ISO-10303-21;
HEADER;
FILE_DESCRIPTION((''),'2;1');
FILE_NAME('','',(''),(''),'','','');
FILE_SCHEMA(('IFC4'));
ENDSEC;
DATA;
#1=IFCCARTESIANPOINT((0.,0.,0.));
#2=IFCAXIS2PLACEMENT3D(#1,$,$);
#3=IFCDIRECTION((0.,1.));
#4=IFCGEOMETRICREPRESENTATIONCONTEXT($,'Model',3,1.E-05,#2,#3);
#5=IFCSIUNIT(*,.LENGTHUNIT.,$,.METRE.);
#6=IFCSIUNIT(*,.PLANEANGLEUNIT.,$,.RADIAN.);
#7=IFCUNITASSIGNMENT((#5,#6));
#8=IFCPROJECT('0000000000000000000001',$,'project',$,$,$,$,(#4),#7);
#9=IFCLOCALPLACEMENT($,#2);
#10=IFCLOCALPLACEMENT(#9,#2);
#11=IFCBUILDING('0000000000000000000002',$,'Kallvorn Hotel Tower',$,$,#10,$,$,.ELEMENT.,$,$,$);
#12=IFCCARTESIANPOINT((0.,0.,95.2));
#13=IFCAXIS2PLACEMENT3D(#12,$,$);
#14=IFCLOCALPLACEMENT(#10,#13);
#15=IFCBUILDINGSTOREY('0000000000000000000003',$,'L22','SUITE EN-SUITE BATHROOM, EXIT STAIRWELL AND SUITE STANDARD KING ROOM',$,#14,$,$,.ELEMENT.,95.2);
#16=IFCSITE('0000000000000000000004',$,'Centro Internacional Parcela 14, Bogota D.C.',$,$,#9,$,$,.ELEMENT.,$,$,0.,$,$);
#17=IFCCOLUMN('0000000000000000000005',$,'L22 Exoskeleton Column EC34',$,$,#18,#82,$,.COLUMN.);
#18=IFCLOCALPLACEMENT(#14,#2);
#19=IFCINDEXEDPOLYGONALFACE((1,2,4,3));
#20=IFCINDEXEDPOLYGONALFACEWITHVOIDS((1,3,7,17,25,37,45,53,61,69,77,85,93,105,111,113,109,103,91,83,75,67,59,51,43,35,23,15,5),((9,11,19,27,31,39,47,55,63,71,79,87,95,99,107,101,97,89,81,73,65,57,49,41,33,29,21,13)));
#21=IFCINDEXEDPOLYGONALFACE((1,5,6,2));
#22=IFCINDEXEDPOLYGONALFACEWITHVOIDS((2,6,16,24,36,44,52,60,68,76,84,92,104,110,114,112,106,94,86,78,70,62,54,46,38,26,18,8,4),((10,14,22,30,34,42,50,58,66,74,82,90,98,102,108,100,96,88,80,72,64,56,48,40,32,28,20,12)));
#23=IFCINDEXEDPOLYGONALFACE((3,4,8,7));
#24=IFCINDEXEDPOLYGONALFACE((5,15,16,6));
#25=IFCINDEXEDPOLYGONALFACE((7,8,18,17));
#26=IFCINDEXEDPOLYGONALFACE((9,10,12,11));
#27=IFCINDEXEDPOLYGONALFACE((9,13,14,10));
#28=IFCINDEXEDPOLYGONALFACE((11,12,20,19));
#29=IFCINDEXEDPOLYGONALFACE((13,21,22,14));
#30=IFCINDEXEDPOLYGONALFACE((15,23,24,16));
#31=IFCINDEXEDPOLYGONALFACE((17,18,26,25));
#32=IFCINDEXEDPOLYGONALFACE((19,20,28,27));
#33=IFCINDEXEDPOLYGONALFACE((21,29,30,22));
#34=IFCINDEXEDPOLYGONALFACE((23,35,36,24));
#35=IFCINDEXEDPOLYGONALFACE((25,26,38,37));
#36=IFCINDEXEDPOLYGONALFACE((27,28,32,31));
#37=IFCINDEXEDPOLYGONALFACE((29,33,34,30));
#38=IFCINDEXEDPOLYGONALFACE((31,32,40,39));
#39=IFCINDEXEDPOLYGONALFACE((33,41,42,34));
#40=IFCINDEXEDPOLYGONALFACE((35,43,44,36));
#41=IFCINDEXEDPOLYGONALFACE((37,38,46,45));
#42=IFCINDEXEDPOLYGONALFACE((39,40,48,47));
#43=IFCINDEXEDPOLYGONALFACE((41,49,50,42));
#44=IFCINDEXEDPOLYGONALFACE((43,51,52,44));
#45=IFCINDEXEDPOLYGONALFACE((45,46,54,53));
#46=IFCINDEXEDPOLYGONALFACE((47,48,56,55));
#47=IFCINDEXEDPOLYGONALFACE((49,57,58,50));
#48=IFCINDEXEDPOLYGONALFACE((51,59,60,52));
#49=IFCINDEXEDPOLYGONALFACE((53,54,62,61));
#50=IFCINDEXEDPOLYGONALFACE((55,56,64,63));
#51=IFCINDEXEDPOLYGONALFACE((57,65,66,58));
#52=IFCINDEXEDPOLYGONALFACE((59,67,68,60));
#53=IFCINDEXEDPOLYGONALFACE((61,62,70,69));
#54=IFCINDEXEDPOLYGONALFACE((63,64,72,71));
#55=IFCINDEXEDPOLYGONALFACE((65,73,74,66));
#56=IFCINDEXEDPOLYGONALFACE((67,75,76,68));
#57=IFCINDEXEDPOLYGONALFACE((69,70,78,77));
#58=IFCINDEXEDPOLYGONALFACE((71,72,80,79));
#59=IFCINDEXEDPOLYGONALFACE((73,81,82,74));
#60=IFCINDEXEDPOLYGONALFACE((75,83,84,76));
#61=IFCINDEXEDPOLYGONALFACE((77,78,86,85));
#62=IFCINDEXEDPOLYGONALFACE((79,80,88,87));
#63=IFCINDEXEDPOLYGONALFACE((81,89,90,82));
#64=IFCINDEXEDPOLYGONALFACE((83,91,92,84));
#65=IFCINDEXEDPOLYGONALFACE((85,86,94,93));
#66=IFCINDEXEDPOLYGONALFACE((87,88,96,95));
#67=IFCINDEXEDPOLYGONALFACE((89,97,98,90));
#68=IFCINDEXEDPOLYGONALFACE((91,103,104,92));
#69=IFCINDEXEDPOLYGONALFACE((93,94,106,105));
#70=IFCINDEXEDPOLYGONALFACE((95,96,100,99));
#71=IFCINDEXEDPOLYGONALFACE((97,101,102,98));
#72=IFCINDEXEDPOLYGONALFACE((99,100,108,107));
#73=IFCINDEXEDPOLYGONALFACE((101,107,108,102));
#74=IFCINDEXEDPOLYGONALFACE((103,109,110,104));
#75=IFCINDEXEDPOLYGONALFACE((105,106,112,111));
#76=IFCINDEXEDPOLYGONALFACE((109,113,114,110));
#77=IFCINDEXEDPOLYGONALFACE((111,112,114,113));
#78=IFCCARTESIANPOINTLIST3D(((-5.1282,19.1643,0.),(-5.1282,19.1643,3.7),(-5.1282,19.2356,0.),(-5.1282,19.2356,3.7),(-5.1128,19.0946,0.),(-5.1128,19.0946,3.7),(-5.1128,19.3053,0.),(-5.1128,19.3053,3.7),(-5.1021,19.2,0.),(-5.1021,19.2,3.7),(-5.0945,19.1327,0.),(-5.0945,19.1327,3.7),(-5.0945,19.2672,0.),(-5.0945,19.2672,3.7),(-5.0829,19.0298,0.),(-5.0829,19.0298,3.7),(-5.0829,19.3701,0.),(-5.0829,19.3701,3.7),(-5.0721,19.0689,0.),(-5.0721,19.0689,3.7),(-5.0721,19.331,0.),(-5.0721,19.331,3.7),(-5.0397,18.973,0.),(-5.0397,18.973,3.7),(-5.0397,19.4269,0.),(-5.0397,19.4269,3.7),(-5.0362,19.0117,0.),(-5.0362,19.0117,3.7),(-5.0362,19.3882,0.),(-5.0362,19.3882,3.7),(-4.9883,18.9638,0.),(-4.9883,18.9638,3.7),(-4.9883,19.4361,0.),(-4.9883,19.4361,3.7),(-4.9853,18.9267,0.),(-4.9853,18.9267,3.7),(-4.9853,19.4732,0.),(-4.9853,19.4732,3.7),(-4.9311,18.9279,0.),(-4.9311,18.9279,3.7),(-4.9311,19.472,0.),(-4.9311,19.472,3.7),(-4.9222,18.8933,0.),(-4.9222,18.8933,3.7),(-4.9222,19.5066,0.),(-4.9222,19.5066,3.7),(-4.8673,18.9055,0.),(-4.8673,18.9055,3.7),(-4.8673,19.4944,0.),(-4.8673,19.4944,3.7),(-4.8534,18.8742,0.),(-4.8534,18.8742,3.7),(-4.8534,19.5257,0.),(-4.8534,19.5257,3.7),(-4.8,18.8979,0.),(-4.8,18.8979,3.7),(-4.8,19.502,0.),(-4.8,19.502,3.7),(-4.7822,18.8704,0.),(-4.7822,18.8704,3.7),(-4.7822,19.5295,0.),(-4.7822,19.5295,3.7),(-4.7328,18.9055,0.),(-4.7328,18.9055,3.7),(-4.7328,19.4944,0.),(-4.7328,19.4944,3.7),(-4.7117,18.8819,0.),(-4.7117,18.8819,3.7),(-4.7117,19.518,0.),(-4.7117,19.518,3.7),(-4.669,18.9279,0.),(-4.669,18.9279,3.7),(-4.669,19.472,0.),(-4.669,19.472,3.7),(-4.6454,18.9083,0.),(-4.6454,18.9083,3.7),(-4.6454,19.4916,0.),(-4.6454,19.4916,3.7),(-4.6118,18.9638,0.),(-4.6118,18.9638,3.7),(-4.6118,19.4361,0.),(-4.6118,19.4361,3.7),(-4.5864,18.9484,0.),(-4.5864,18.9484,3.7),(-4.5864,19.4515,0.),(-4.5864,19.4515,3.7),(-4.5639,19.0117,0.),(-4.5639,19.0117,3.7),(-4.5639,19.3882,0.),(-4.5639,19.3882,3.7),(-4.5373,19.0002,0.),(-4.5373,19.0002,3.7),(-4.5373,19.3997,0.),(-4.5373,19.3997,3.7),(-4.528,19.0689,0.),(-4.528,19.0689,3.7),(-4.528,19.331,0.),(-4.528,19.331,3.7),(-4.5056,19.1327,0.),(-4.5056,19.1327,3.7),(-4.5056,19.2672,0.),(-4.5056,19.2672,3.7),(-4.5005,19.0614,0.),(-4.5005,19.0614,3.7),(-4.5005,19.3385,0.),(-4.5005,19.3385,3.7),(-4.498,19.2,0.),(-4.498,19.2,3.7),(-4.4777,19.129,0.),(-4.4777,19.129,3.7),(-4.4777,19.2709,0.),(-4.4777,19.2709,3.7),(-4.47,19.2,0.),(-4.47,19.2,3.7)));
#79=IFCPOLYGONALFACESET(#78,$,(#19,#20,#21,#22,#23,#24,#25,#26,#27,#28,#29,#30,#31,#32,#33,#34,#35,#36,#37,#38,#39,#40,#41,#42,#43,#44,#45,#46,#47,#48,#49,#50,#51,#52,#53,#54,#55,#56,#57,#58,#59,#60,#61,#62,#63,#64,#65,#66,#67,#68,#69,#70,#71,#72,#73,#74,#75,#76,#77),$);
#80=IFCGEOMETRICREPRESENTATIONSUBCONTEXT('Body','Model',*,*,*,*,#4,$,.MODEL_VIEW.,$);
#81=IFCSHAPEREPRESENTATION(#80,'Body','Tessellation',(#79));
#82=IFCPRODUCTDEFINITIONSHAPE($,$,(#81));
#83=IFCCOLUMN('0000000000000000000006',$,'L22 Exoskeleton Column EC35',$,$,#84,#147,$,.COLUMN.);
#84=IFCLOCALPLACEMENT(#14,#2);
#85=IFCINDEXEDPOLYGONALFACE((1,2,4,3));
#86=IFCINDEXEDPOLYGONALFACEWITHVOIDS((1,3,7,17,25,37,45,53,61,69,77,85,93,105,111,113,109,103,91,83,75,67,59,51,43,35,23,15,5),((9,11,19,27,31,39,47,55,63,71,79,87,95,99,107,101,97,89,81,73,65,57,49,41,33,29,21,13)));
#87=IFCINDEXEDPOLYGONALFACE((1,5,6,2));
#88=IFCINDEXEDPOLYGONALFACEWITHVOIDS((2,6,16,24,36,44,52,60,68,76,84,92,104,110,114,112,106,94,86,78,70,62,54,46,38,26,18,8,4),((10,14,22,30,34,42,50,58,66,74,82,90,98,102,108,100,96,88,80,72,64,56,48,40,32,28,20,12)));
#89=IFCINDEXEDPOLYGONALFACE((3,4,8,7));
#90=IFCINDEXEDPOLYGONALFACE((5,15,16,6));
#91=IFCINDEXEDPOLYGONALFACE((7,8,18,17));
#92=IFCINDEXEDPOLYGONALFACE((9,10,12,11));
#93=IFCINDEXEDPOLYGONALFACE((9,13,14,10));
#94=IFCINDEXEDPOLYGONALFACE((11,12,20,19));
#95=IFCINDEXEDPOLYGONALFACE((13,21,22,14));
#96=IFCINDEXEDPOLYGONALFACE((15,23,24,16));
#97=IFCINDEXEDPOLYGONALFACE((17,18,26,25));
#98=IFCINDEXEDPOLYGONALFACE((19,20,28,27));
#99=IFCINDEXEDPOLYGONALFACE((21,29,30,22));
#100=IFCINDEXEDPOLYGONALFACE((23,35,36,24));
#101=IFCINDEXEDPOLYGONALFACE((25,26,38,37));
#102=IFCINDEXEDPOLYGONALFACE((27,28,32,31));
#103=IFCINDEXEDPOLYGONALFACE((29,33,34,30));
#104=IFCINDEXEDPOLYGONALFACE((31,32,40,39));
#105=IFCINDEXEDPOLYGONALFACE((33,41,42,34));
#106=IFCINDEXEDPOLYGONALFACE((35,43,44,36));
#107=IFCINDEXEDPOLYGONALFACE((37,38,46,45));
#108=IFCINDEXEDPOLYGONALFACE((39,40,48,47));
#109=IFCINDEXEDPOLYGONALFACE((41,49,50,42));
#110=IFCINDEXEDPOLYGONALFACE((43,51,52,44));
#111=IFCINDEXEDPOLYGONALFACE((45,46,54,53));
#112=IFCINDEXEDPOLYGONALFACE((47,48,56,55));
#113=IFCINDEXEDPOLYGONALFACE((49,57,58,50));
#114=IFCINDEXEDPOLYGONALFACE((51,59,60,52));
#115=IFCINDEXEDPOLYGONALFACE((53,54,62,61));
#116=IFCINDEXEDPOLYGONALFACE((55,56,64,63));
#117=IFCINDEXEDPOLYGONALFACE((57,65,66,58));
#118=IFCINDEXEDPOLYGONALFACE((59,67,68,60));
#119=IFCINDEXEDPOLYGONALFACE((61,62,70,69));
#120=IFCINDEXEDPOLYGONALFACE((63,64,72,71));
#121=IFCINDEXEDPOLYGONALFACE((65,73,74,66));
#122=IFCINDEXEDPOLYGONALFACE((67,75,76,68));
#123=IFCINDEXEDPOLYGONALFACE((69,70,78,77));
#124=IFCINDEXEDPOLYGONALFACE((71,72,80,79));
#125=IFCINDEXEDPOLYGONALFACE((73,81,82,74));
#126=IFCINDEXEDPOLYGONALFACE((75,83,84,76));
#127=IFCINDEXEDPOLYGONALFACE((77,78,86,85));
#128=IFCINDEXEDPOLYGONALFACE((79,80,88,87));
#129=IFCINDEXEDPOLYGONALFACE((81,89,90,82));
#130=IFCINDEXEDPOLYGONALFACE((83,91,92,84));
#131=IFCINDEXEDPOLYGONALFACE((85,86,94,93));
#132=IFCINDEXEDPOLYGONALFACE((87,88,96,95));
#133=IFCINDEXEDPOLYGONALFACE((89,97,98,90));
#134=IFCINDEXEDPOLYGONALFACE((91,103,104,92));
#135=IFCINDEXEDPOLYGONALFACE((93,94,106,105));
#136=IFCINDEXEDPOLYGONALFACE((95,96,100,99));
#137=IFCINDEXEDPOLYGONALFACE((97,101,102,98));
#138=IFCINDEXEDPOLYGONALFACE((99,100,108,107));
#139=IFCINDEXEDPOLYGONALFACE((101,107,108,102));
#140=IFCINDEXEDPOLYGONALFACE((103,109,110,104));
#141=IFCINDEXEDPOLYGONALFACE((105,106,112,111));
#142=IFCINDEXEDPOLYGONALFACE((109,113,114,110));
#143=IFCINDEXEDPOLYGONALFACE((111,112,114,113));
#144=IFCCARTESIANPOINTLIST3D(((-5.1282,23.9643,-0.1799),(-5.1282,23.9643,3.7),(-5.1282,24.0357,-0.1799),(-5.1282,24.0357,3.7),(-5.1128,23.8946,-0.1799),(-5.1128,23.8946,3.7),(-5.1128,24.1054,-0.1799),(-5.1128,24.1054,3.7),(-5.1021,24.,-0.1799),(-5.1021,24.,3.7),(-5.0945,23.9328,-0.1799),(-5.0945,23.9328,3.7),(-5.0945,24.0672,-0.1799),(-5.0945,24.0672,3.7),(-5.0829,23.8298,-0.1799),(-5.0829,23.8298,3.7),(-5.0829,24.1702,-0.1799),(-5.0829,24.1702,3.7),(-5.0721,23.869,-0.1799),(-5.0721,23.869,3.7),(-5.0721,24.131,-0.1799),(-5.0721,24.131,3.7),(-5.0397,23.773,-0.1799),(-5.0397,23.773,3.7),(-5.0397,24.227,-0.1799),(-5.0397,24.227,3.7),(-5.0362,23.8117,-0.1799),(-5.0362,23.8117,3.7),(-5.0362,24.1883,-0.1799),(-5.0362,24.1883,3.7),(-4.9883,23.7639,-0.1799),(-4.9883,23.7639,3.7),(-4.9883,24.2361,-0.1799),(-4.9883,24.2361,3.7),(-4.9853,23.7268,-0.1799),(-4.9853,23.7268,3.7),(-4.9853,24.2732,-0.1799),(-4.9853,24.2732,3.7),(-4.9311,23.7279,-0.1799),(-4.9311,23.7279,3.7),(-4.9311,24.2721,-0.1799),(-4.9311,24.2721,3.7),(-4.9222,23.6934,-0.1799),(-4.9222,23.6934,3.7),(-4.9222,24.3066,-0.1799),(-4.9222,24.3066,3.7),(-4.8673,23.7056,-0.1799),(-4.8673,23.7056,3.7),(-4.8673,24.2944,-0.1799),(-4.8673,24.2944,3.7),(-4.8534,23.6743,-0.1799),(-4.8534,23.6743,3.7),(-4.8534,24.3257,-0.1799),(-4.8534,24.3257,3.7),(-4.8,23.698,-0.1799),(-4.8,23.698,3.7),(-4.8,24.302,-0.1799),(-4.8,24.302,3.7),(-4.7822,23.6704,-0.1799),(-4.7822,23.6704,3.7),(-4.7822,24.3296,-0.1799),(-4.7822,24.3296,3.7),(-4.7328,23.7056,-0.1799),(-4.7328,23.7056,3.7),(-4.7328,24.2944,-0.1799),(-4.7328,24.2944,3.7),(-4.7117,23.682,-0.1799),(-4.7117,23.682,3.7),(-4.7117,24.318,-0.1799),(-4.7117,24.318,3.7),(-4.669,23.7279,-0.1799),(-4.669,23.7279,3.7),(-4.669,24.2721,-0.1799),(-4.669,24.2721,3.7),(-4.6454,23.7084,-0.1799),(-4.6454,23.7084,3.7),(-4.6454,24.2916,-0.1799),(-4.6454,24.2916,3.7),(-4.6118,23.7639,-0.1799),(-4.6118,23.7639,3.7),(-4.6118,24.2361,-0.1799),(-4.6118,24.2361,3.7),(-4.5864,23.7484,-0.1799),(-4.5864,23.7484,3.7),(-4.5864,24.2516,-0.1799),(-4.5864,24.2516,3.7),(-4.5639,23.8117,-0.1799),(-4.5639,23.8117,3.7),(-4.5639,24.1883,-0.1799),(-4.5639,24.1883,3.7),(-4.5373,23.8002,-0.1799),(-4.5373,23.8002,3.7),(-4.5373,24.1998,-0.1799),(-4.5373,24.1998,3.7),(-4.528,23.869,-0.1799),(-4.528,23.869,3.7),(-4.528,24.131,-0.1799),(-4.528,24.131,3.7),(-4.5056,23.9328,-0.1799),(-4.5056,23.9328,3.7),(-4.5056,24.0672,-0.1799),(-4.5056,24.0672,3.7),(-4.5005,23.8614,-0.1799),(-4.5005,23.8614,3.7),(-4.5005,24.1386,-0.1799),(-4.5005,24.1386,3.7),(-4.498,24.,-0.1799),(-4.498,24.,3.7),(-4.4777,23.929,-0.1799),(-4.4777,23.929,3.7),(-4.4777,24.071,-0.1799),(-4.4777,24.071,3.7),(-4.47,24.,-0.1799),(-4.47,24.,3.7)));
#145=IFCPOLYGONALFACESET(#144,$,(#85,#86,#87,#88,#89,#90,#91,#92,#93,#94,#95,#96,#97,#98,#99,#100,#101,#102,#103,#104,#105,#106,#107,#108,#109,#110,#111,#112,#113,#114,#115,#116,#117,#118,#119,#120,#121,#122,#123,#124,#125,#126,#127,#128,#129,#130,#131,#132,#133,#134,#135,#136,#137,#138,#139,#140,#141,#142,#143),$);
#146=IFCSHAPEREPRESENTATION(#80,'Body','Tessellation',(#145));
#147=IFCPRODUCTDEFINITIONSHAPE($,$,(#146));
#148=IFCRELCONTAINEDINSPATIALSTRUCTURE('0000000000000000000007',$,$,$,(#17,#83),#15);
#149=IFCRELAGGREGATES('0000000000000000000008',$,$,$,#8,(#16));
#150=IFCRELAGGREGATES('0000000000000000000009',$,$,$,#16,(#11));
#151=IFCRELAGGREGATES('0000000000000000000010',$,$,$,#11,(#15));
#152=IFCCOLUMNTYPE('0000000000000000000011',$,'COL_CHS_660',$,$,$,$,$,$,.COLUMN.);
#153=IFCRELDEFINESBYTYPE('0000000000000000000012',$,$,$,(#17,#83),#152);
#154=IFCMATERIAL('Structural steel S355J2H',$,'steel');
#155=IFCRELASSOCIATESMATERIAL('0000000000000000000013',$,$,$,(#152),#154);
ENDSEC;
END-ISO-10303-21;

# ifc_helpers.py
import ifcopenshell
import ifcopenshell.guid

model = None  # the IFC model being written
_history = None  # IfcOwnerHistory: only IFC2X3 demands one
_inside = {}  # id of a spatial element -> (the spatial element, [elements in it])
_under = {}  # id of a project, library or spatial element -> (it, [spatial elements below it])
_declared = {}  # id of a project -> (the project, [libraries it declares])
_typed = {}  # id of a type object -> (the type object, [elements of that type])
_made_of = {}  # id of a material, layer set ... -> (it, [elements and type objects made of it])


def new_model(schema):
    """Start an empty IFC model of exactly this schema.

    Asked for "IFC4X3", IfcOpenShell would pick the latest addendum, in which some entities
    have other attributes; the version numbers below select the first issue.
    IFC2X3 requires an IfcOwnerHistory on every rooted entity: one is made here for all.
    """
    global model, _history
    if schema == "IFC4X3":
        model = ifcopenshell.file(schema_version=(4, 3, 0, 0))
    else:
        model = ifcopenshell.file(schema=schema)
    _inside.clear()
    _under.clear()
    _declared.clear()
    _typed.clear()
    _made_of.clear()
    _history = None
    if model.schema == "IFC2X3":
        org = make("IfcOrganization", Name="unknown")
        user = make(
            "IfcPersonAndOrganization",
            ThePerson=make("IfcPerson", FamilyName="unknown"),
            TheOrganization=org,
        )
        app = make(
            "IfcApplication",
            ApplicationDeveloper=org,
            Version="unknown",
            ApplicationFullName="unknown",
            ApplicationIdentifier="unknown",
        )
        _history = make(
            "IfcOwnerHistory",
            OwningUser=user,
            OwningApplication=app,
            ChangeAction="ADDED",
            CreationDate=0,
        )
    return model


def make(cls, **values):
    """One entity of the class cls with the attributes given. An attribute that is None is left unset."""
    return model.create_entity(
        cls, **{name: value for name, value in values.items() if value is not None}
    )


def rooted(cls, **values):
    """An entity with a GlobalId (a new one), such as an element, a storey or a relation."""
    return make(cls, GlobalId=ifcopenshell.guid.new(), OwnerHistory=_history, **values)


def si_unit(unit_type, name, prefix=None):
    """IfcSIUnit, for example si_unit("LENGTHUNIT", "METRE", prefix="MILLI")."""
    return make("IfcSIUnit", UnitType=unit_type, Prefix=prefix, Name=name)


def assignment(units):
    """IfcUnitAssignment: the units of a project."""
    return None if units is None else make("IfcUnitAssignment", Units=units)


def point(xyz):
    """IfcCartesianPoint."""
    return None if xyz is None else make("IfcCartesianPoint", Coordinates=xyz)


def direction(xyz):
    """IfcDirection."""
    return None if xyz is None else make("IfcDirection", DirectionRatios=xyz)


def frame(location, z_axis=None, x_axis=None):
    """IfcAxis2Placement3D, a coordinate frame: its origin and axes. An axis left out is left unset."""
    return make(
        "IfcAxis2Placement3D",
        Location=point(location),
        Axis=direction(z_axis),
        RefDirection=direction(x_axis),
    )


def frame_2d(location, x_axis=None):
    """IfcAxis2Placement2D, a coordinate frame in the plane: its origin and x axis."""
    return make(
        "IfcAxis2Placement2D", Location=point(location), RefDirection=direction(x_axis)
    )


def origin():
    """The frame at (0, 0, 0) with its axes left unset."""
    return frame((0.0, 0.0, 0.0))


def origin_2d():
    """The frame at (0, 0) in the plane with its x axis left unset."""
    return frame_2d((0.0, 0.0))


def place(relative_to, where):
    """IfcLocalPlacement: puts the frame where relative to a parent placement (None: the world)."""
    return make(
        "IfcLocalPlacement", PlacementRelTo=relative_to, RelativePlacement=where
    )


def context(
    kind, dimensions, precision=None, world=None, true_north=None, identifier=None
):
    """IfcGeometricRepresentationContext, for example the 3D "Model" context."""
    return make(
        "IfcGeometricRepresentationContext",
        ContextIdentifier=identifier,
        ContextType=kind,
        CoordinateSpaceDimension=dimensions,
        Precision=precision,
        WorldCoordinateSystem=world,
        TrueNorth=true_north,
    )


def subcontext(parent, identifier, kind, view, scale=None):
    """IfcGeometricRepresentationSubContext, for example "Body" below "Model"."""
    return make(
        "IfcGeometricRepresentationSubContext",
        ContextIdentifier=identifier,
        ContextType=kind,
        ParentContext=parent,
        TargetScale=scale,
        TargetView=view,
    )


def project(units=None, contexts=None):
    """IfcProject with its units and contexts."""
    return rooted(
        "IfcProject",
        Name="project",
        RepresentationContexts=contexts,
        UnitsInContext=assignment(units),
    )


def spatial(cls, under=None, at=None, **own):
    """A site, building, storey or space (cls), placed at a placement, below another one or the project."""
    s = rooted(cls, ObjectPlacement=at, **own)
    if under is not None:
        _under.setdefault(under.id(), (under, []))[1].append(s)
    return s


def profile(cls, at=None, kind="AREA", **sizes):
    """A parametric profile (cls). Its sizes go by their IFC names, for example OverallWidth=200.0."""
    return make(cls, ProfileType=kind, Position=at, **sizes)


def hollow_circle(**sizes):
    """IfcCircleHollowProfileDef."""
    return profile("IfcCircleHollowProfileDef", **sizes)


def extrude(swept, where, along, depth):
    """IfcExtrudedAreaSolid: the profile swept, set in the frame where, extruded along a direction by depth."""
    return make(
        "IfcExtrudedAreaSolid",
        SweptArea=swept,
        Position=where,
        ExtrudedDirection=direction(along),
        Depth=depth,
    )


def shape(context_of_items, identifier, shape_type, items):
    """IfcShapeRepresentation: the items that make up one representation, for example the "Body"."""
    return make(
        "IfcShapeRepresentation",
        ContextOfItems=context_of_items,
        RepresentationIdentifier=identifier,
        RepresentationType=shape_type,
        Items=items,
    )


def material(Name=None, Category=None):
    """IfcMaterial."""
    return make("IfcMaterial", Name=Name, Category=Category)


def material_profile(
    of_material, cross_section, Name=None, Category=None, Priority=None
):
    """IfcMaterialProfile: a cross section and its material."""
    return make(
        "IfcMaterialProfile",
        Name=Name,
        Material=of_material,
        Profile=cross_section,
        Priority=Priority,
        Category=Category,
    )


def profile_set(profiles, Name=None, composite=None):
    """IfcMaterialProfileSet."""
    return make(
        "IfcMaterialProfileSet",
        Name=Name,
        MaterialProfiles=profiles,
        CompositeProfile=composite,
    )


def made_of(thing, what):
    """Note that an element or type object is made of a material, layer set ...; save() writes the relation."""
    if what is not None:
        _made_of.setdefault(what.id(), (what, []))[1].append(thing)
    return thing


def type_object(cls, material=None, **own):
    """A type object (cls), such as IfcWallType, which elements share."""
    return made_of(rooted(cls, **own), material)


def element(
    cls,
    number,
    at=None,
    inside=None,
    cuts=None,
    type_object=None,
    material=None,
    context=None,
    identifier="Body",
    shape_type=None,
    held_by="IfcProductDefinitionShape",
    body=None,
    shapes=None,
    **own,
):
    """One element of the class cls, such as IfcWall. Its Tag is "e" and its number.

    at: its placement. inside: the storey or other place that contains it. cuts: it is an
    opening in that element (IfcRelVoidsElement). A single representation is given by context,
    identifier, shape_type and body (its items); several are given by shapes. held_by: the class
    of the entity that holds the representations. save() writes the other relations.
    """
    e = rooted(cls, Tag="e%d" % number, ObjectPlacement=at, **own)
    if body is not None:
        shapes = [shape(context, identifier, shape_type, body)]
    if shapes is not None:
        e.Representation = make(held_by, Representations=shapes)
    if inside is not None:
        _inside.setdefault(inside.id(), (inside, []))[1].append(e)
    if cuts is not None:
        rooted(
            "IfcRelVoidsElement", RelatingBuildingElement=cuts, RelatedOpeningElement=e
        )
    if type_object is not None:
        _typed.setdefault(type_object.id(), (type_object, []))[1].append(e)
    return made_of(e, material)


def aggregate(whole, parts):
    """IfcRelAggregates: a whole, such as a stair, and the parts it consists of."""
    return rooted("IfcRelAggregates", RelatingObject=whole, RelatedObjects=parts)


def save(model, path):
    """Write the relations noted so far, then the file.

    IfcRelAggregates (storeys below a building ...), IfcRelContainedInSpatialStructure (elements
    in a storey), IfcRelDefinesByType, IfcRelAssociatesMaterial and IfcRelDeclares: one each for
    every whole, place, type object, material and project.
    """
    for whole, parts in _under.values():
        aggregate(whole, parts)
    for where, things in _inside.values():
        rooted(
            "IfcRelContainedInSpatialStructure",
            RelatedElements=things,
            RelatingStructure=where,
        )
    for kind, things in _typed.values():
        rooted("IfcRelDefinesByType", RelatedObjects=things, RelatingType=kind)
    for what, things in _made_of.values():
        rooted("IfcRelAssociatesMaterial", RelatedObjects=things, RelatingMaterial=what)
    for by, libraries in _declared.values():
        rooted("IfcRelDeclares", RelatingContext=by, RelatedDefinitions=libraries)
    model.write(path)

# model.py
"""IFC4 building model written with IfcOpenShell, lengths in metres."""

from ifc_helpers import new_model, si_unit, direction, frame, origin, origin_2d, place, context, subcontext, project, spatial, hollow_circle, extrude, material, material_profile, profile_set, type_object, element, save


model = new_model("IFC4")

# Units and contexts
model_context = context("Model", 3, precision=1e-05, world=origin(), true_north=direction((0.0, 1.0)))
body_context = subcontext(model_context, "Body", "Model", "MODEL_VIEW")
ifc_project = project(units=[si_unit("LENGTHUNIT", "METRE"), si_unit("PLANEANGLEUNIT", "RADIAN")], contexts=[model_context])

# Site, building, storey
site_placement = place(None, origin())
site = spatial("IfcSite", under=ifc_project, at=site_placement, Name="Centro Internacional Parcela 14, Bogota D.C.", CompositionType="ELEMENT", RefElevation=0.0)
building_placement = place(site_placement, origin())
building = spatial("IfcBuilding", under=site, at=building_placement, Name="Kallvorn Hotel Tower", CompositionType="ELEMENT")
storey_placement = place(building_placement, frame((0.0, 0.0, 95.2)))
storey = spatial("IfcBuildingStorey", under=building, at=storey_placement, Name="L22", Description="SUITE EN-SUITE BATHROOM, EXIT STAIRWELL AND SUITE STANDARD KING ROOM", CompositionType="ELEMENT", Elevation=95.2)

# Columns
ifc_material_1 = material(Name="Structural steel S355J2H", Category="steel")
ifc_material_profile_1 = material_profile(ifc_material_1, hollow_circle(Radius=0.3301, WallThickness=0.0281, at=origin_2d()), Name="CHS 660x28")
ifc_profile_set_1 = profile_set([ifc_material_profile_1], Name="Structural steel S355J2H")
column_type_1 = type_object("IfcColumnType", Name="COL_CHS_660", PredefinedType="COLUMN", material=ifc_profile_set_1)
column_1_placement = place(storey_placement, frame((-4.8, 19.2, 0.0), z_axis=(0.0, 0.0, 1.0), x_axis=(1.0, 0.0, 0.0)))
element("IfcColumn", 1, at=column_1_placement, inside=storey, type_object=column_type_1, Name="L22 Exoskeleton Column EC34", PredefinedType="COLUMN", context=body_context, shape_type="SweptSolid", body=[
    extrude(hollow_circle(Radius=0.3301, WallThickness=0.0281, at=origin_2d()), origin(), (0.0, 0.0, 1.0), 3.7),
])
column_2_placement = place(storey_placement, frame((-4.8, 24.0, -0.1799), z_axis=(0.0, 0.0, 1.0), x_axis=(1.0, 0.0, 0.0)))
element("IfcColumn", 2, at=column_2_placement, inside=storey, type_object=column_type_1, Name="L22 Exoskeleton Column EC35", PredefinedType="COLUMN", context=body_context, shape_type="SweptSolid", body=[
    extrude(hollow_circle(Radius=0.3301, WallThickness=0.0281, at=origin_2d()), origin(), (0.0, 0.0, 1.0), 3.8799),
])

save(model, "model.ifc")
